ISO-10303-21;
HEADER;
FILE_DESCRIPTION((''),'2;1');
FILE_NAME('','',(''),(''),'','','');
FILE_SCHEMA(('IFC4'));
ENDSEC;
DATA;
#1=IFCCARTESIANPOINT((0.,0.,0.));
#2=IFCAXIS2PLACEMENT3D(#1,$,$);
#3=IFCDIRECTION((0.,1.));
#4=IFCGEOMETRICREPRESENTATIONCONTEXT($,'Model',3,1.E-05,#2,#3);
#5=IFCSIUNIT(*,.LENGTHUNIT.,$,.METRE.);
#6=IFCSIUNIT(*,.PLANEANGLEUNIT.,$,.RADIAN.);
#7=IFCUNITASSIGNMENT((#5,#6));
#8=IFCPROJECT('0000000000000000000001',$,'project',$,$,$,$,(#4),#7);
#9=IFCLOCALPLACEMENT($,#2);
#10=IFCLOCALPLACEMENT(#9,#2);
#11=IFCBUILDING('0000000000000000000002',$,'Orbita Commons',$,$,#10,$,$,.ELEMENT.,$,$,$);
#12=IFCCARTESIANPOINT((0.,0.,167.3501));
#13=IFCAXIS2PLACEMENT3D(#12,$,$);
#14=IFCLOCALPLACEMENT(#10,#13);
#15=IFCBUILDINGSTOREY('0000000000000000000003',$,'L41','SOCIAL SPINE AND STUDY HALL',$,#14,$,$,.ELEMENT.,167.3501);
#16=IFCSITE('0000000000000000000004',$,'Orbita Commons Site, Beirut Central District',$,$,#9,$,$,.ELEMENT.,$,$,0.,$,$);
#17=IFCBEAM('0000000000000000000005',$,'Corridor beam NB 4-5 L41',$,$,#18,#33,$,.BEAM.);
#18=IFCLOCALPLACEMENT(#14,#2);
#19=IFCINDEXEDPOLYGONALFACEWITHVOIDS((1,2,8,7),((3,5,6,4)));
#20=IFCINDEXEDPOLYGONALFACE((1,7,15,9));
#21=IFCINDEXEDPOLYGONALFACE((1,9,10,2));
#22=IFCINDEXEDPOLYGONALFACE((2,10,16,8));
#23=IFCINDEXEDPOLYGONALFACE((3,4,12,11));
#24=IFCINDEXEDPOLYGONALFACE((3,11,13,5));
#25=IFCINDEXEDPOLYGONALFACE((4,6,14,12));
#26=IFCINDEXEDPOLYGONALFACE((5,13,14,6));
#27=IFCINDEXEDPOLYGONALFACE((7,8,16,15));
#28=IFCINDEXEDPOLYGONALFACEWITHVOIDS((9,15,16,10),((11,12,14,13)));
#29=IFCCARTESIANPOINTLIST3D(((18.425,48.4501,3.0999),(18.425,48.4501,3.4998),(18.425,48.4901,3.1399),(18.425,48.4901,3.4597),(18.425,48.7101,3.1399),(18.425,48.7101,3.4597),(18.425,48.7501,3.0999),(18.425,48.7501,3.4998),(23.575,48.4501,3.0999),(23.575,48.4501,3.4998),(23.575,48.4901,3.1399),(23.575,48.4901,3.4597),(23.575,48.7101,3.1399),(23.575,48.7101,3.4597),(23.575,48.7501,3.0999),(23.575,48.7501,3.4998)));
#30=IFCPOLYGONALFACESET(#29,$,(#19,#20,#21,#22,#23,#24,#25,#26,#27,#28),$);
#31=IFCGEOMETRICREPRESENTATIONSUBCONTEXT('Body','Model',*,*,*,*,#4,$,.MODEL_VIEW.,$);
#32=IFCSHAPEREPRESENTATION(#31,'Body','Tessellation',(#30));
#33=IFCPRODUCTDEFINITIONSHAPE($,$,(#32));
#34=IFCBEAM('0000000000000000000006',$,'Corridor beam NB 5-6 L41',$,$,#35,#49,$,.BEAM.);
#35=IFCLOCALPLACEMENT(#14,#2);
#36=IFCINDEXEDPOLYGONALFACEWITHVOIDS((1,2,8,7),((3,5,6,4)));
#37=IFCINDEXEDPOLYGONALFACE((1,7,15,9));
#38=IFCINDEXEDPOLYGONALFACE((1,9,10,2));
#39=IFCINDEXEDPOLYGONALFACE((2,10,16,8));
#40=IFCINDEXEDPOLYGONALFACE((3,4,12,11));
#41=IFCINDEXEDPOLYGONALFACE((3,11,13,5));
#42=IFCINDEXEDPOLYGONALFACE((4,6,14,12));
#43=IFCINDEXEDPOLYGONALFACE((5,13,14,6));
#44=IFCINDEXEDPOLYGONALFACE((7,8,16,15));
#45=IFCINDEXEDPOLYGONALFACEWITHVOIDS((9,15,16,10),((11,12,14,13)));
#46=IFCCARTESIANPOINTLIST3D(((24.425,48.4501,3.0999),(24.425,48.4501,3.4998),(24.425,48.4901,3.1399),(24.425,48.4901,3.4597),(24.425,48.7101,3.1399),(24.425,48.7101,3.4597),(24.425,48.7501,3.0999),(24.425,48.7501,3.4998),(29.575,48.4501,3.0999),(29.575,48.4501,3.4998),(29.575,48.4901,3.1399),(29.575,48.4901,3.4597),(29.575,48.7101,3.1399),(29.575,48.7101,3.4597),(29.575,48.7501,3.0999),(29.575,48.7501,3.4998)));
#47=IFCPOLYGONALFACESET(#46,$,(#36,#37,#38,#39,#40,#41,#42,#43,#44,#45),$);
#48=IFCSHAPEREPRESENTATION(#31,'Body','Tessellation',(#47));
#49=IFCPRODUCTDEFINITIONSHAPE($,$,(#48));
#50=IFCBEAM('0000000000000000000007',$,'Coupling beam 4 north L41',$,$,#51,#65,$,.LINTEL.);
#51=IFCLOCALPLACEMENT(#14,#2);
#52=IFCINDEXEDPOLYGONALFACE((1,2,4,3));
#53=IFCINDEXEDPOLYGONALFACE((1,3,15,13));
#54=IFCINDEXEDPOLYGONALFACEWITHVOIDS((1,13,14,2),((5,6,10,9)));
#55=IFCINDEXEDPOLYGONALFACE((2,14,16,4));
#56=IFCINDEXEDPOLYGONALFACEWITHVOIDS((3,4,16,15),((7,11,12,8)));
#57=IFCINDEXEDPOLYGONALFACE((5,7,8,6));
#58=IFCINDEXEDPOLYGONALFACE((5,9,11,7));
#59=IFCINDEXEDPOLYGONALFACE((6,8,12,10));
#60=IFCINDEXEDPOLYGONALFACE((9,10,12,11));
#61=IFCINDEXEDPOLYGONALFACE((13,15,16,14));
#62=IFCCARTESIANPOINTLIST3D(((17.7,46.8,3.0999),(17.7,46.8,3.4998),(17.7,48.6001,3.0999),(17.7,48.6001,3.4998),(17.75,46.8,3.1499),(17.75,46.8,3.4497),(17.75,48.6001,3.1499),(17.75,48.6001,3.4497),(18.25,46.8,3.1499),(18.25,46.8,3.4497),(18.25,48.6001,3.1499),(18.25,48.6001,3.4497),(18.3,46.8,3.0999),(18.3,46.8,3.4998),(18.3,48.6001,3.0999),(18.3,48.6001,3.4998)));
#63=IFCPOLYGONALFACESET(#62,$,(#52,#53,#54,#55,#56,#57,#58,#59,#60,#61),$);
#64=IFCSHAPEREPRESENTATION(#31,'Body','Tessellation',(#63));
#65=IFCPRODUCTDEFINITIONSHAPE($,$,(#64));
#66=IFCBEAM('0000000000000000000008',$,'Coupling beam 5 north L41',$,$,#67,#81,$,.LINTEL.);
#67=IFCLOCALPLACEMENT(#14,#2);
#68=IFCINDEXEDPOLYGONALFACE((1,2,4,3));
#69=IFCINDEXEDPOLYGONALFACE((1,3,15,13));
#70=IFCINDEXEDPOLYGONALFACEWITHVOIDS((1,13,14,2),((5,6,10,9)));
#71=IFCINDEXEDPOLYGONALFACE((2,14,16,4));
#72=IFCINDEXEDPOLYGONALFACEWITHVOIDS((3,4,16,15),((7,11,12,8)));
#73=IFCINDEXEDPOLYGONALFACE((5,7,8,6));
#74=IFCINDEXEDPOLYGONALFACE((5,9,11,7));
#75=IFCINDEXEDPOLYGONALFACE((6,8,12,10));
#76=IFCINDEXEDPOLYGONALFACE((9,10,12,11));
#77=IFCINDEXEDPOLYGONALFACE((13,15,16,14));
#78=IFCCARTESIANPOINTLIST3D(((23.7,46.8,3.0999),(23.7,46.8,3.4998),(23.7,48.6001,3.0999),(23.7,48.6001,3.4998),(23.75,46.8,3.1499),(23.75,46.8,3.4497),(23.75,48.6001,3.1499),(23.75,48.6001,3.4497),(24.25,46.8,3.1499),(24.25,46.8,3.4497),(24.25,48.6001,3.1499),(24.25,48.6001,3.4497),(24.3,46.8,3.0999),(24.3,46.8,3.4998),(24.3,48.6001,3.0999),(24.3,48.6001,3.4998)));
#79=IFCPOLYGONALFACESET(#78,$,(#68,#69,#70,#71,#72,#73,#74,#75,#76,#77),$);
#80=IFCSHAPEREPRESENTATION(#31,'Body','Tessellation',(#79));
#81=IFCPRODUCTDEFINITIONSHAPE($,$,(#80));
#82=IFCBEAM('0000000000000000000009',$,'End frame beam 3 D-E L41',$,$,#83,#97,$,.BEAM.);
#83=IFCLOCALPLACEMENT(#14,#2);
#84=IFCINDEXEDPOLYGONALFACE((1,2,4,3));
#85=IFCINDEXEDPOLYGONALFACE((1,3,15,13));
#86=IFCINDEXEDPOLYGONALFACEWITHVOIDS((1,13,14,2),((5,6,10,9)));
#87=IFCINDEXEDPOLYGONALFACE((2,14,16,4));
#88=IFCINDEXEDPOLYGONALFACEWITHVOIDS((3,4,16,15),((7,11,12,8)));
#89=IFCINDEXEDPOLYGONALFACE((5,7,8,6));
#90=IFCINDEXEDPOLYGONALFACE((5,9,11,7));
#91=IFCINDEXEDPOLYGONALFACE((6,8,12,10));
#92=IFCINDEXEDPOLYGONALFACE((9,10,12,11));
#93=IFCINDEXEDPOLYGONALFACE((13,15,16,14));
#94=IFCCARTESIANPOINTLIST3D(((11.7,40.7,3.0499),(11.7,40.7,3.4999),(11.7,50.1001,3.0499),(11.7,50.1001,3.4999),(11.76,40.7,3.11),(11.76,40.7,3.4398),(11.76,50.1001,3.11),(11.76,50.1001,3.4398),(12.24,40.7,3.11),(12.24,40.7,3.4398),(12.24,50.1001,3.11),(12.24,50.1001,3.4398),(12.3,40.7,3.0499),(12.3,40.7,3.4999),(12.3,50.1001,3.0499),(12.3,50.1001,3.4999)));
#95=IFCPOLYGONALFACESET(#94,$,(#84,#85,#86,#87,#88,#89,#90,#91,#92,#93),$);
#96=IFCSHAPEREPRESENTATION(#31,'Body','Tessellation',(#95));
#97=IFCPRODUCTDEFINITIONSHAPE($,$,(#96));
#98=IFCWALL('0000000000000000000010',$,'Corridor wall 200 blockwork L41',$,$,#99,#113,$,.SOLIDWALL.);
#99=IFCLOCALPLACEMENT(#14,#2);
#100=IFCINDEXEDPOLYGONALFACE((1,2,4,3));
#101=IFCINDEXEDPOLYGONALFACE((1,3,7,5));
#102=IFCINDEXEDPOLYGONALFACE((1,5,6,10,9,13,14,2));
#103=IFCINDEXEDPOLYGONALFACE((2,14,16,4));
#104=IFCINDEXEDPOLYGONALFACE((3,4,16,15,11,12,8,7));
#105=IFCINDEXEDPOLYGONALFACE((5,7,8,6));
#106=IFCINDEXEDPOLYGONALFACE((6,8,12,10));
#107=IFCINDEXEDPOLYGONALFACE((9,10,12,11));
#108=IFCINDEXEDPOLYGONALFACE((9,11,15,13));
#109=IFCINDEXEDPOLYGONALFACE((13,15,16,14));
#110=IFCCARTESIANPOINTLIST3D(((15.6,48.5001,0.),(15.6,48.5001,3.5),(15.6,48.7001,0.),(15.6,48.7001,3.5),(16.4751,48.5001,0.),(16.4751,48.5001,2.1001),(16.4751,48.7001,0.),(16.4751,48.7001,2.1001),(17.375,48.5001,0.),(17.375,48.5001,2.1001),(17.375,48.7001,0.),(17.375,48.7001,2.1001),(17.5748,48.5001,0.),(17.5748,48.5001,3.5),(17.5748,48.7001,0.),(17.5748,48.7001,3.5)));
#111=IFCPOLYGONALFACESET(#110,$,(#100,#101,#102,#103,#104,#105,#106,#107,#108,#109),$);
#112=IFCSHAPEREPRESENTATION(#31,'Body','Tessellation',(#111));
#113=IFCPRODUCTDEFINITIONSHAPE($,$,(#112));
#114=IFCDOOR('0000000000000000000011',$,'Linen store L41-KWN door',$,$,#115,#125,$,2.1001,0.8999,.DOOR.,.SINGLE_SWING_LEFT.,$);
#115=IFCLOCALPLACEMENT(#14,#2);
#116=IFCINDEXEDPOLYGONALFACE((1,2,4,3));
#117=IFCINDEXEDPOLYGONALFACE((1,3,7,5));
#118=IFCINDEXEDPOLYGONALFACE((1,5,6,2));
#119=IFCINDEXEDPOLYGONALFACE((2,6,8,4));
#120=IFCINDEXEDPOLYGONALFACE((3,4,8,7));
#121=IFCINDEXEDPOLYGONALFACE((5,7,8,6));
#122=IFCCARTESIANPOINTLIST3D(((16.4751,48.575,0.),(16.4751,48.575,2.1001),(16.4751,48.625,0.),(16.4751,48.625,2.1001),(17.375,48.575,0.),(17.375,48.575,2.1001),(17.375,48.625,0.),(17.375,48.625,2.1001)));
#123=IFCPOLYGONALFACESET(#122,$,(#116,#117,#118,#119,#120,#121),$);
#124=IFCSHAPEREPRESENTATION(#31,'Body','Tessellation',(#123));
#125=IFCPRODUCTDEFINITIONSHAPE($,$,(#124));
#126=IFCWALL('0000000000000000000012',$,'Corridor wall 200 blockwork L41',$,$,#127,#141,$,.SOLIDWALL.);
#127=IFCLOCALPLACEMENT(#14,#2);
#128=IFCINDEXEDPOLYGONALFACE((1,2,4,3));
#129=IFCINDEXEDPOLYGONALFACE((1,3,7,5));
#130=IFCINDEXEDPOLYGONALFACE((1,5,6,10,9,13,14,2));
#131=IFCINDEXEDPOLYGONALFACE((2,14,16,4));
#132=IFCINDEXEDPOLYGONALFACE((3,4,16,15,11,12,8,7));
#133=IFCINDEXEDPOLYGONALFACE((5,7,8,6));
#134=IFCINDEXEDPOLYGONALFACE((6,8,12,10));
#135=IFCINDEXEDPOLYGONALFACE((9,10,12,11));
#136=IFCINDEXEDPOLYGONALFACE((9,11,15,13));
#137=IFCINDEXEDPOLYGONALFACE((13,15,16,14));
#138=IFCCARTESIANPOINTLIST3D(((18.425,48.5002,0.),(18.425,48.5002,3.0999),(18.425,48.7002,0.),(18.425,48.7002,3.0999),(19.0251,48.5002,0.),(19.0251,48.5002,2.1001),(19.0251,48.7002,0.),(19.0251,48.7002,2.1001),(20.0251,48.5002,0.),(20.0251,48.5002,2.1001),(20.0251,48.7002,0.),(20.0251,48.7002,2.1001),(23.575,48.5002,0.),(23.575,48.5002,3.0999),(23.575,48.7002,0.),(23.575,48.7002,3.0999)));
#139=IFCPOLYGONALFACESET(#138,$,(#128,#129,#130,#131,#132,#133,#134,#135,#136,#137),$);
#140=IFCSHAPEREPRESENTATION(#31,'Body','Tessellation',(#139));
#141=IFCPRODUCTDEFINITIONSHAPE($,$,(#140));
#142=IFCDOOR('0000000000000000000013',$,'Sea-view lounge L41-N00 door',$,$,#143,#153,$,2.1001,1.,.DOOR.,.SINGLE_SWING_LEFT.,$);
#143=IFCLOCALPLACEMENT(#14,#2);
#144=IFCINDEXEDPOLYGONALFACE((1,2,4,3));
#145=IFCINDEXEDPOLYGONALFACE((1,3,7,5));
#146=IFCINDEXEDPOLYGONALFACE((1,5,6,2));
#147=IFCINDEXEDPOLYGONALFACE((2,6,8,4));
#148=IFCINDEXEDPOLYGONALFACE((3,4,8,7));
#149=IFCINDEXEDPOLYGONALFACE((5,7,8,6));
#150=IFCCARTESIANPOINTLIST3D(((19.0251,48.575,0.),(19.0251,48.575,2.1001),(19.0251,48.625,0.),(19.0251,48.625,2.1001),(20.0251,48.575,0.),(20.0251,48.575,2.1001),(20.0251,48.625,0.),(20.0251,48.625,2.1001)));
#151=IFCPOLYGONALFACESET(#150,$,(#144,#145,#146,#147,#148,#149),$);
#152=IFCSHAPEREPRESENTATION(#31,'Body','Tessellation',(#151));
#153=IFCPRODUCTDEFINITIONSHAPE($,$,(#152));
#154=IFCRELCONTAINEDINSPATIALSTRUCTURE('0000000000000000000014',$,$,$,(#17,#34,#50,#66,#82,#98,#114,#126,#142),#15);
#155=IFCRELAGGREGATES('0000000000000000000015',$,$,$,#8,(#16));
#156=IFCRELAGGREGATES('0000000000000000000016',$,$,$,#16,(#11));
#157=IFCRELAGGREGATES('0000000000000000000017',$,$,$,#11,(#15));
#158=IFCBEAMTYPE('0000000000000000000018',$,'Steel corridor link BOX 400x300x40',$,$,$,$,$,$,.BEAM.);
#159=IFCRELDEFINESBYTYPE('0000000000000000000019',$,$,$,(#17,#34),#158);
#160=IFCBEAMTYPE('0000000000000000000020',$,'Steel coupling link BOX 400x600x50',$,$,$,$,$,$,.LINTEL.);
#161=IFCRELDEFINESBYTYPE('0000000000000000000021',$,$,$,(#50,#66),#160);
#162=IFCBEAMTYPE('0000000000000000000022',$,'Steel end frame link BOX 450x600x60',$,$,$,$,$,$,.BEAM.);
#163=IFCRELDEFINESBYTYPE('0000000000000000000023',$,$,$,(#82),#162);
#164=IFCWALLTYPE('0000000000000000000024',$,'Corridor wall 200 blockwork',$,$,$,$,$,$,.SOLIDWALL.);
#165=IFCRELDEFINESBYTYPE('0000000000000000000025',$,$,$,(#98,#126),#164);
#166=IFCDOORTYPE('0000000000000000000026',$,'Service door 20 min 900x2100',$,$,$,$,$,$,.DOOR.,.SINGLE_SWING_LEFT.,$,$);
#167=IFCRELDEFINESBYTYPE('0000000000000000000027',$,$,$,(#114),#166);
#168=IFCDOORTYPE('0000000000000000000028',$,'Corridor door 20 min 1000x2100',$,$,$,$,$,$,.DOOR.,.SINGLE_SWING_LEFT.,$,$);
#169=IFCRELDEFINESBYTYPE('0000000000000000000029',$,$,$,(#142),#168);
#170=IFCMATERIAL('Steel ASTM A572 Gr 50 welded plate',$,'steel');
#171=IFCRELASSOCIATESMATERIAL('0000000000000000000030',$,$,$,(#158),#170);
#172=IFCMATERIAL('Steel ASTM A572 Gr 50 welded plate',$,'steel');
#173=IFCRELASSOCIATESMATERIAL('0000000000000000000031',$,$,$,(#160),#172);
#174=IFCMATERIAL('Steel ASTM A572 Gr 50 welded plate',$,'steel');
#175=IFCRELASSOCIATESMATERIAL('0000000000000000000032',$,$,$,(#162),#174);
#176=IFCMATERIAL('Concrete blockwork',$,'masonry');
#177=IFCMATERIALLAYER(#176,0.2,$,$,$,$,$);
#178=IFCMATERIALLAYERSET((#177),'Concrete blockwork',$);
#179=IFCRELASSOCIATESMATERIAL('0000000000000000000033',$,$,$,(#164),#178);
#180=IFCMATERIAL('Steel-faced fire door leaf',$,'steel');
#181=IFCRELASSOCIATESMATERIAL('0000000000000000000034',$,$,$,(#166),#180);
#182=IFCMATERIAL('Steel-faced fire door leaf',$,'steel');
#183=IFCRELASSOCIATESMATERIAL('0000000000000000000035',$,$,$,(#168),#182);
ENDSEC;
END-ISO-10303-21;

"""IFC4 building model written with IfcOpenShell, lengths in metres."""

from ifc_helpers import new_model, si_unit, direction, frame, frame_2d, origin, origin_2d, place, context, subcontext, project, spatial, polyline, rectangle, hollow_rectangle, outline, extrude, material, layer, layer_set, material_profile, profile_set, type_object, element, fill, save


model = new_model("IFC4")

# Units and contexts
model_context = context("Model", 3, precision=1e-05, world=origin(), true_north=direction((0.0, 1.0)))
body_context = subcontext(model_context, "Body", "Model", "MODEL_VIEW")
ifc_project = project(units=[si_unit("LENGTHUNIT", "METRE"), si_unit("PLANEANGLEUNIT", "RADIAN")], contexts=[model_context])

# Site, building, storey
site_placement = place(None, origin())
site = spatial("IfcSite", under=ifc_project, at=site_placement, Name="Orbita Commons Site, Beirut Central District", CompositionType="ELEMENT", RefElevation=0.0)
building_placement = place(site_placement, origin())
building = spatial("IfcBuilding", under=site, at=building_placement, Name="Orbita Commons", CompositionType="ELEMENT")
storey_placement = place(building_placement, frame((0.0, 0.0, 167.3501)))
storey = spatial("IfcBuildingStorey", under=building, at=storey_placement, Name="L41", Description="SOCIAL SPINE AND STUDY HALL", CompositionType="ELEMENT", Elevation=167.3501)

# Beams
ifc_material_1 = material(Name="Steel ASTM A572 Gr 50 welded plate", Category="steel")
ifc_material_profile_1 = material_profile(ifc_material_1, hollow_rectangle(XDim=0.3, YDim=0.3999, WallThickness=0.04, at=origin_2d()), Name="BOX 400x300x40")
ifc_profile_set_1 = profile_set([ifc_material_profile_1], Name="Steel ASTM A572 Gr 50 welded plate")
beam_type_1 = type_object("IfcBeamType", Name="Steel corridor link BOX 400x300x40", PredefinedType="BEAM", material=ifc_profile_set_1)
for number, where, z_axis, x_axis, name in (
    (1, (18.425, 48.6001, 3.2998), (1.0, 0.0, 0.0), (0.0, 1.0, 0.0), "Corridor beam NB 4-5 L41"),
    (2, (24.425, 48.6001, 3.2998), (1.0, 0.0, 0.0), (0.0, 1.0, 0.0), "Corridor beam NB 5-6 L41"),
):
    element("IfcBeam", number, at=place(storey_placement, frame(where, z_axis=z_axis, x_axis=x_axis)), inside=storey, type_object=beam_type_1, Name=name, PredefinedType="BEAM", context=body_context, shape_type="SweptSolid", body=[
        extrude(hollow_rectangle(XDim=0.3, YDim=0.3999, WallThickness=0.04, at=origin_2d()), origin(), (0.0, 0.0, 1.0), 5.1499),
    ])
ifc_material_2 = material(Name="Steel ASTM A572 Gr 50 welded plate", Category="steel")
ifc_material_profile_2 = material_profile(ifc_material_2, hollow_rectangle(XDim=0.6001, YDim=0.3999, WallThickness=0.05, at=origin_2d()), Name="BOX 400x600x50")
ifc_profile_set_2 = profile_set([ifc_material_profile_2], Name="Steel ASTM A572 Gr 50 welded plate")
beam_type_2 = type_object("IfcBeamType", Name="Steel coupling link BOX 400x600x50", PredefinedType="LINTEL", material=ifc_profile_set_2)
for number, where, z_axis, x_axis, name in (
    (3, (18.0, 46.8, 3.2998), (0.0, 1.0, 0.0), (-1.0, 0.0, 0.0), "Coupling beam 4 north L41"),
    (4, (24.0, 46.8, 3.2998), (0.0, 1.0, 0.0), (-1.0, 0.0, 0.0), "Coupling beam 5 north L41"),
):
    element("IfcBeam", number, at=place(storey_placement, frame(where, z_axis=z_axis, x_axis=x_axis)), inside=storey, type_object=beam_type_2, Name=name, PredefinedType="LINTEL", context=body_context, shape_type="SweptSolid", body=[
        extrude(hollow_rectangle(XDim=0.6001, YDim=0.3999, WallThickness=0.05, at=origin_2d()), origin(), (0.0, 0.0, 1.0), 1.8),
    ])
ifc_material_3 = material(Name="Steel ASTM A572 Gr 50 welded plate", Category="steel")
ifc_material_profile_3 = material_profile(ifc_material_3, hollow_rectangle(XDim=0.6001, YDim=0.45, WallThickness=0.0601, at=origin_2d()), Name="BOX 450x600x60")
ifc_profile_set_3 = profile_set([ifc_material_profile_3], Name="Steel ASTM A572 Gr 50 welded plate")
beam_type_3 = type_object("IfcBeamType", Name="Steel end frame link BOX 450x600x60", PredefinedType="BEAM", material=ifc_profile_set_3)
beam_placement = place(storey_placement, frame((12.0, 40.7, 3.2749), z_axis=(0.0, 1.0, 0.0), x_axis=(-1.0, 0.0, 0.0)))
element("IfcBeam", 5, at=beam_placement, inside=storey, type_object=beam_type_3, Name="End frame beam 3 D-E L41", PredefinedType="BEAM", context=body_context, shape_type="SweptSolid", body=[
    extrude(hollow_rectangle(XDim=0.6001, YDim=0.45, WallThickness=0.0601, at=origin_2d()), origin(), (0.0, 0.0, 1.0), 9.4001),
])

# Walls, openings, doors
ifc_material_4 = material(Name="Concrete blockwork", Category="masonry")
ifc_layer_1 = layer(ifc_material_4, 0.2)
ifc_layer_set_1 = layer_set([ifc_layer_1], Name="Concrete blockwork")
wall_type_1 = type_object("IfcWallType", Name="Corridor wall 200 blockwork", PredefinedType="SOLIDWALL", material=ifc_layer_set_1)
wall_1_placement = place(storey_placement, frame((15.6001, 48.6001, 0.0), z_axis=(0.0, 0.0, 1.0), x_axis=(1.0, 0.0, 0.0)))
wall_1 = element("IfcWall", 6, at=wall_1_placement, inside=storey, type_object=wall_type_1, Name="Corridor wall 200 blockwork L41", PredefinedType="SOLIDWALL", context=body_context, shape_type="SweptSolid", body=[
    extrude(rectangle(XDim=1.9749, YDim=0.2, at=frame_2d((0.9873, 0.0))), origin(), (0.0, 0.0, 1.0), 3.5),
])
opening_1_placement = place(wall_1_placement, frame((0.875, 0.0, 0.0)))
opening_1 = element("IfcOpeningElement", 7, at=opening_1_placement, cuts=wall_1, PredefinedType="OPENING", context=body_context, shape_type="SweptSolid", body=[
    extrude(rectangle(XDim=0.8999, YDim=2.1001, at=frame_2d((0.45, 1.05))), frame((0.0, 0.1099, 0.0), z_axis=(0.0, -1.0, 0.0), x_axis=(1.0, 0.0, 0.0)), (0.0, 0.0, 1.0), 0.22),
])
ifc_material_5 = material(Name="Steel-faced fire door leaf", Category="steel")
door_type_1 = type_object("IfcDoorType", Name="Service door 20 min 900x2100", OperationType="SINGLE_SWING_LEFT", PredefinedType="DOOR", material=ifc_material_5)
door_1_placement = place(opening_1_placement, origin())
door_1 = element("IfcDoor", 8, at=door_1_placement, inside=storey, type_object=door_type_1, Name="Linen store L41-KWN door", OperationType="SINGLE_SWING_LEFT", OverallHeight=2.1001, OverallWidth=0.8999, PredefinedType="DOOR", context=body_context, shape_type="SweptSolid", body=[
    extrude(rectangle(XDim=0.8999, YDim=2.1001, at=frame_2d((0.45, 1.05))), frame((0.0, 0.0249, 0.0), z_axis=(0.0, -1.0, 0.0), x_axis=(1.0, 0.0, 0.0)), (0.0, 0.0, 1.0), 0.05),
])
fill(opening_1, door_1)
wall_2_placement = place(storey_placement, frame((18.425, 48.6001, 0.0), z_axis=(0.0, 0.0, 1.0), x_axis=(1.0, 0.0, 0.0)))
wall_2 = element("IfcWall", 9, at=wall_2_placement, inside=storey, type_object=wall_type_1, Name="Corridor wall 200 blockwork L41", PredefinedType="SOLIDWALL", context=body_context, shape_type="SweptSolid", body=[
    extrude(outline(polyline([(0.0, 0.0), (5.1499, 0.0), (5.1499, 3.0999), (0.0, 3.0999), (0.0, 0.0)])), frame((0.0, 0.1001, 0.0), z_axis=(0.0, -1.0, 0.0), x_axis=(1.0, 0.0, 0.0)), (0.0, 0.0, 1.0), 0.2),
])
opening_2_placement = place(wall_2_placement, frame((0.6001, 0.0, 0.0)))
opening_2 = element("IfcOpeningElement", 10, at=opening_2_placement, cuts=wall_2, PredefinedType="OPENING", context=body_context, shape_type="SweptSolid", body=[
    extrude(rectangle(XDim=1.0, YDim=2.1001, at=frame_2d((0.5, 1.05))), frame((0.0, 0.1099, 0.0), z_axis=(0.0, -1.0, 0.0), x_axis=(1.0, 0.0, 0.0)), (0.0, 0.0, 1.0), 0.22),
])
ifc_material_6 = material(Name="Steel-faced fire door leaf", Category="steel")
door_type_2 = type_object("IfcDoorType", Name="Corridor door 20 min 1000x2100", OperationType="SINGLE_SWING_LEFT", PredefinedType="DOOR", material=ifc_material_6)
door_2_placement = place(opening_2_placement, origin())
door_2 = element("IfcDoor", 11, at=door_2_placement, inside=storey, type_object=door_type_2, Name="Sea-view lounge L41-N00 door", OperationType="SINGLE_SWING_LEFT", OverallHeight=2.1001, OverallWidth=1.0, PredefinedType="DOOR", context=body_context, shape_type="SweptSolid", body=[
    extrude(rectangle(XDim=1.0, YDim=2.1001, at=frame_2d((0.5, 1.05))), frame((0.0, 0.0249, 0.0), z_axis=(0.0, -1.0, 0.0), x_axis=(1.0, 0.0, 0.0)), (0.0, 0.0, 1.0), 0.05),
])
fill(opening_2, door_2)

save(model, "model.ifc")
